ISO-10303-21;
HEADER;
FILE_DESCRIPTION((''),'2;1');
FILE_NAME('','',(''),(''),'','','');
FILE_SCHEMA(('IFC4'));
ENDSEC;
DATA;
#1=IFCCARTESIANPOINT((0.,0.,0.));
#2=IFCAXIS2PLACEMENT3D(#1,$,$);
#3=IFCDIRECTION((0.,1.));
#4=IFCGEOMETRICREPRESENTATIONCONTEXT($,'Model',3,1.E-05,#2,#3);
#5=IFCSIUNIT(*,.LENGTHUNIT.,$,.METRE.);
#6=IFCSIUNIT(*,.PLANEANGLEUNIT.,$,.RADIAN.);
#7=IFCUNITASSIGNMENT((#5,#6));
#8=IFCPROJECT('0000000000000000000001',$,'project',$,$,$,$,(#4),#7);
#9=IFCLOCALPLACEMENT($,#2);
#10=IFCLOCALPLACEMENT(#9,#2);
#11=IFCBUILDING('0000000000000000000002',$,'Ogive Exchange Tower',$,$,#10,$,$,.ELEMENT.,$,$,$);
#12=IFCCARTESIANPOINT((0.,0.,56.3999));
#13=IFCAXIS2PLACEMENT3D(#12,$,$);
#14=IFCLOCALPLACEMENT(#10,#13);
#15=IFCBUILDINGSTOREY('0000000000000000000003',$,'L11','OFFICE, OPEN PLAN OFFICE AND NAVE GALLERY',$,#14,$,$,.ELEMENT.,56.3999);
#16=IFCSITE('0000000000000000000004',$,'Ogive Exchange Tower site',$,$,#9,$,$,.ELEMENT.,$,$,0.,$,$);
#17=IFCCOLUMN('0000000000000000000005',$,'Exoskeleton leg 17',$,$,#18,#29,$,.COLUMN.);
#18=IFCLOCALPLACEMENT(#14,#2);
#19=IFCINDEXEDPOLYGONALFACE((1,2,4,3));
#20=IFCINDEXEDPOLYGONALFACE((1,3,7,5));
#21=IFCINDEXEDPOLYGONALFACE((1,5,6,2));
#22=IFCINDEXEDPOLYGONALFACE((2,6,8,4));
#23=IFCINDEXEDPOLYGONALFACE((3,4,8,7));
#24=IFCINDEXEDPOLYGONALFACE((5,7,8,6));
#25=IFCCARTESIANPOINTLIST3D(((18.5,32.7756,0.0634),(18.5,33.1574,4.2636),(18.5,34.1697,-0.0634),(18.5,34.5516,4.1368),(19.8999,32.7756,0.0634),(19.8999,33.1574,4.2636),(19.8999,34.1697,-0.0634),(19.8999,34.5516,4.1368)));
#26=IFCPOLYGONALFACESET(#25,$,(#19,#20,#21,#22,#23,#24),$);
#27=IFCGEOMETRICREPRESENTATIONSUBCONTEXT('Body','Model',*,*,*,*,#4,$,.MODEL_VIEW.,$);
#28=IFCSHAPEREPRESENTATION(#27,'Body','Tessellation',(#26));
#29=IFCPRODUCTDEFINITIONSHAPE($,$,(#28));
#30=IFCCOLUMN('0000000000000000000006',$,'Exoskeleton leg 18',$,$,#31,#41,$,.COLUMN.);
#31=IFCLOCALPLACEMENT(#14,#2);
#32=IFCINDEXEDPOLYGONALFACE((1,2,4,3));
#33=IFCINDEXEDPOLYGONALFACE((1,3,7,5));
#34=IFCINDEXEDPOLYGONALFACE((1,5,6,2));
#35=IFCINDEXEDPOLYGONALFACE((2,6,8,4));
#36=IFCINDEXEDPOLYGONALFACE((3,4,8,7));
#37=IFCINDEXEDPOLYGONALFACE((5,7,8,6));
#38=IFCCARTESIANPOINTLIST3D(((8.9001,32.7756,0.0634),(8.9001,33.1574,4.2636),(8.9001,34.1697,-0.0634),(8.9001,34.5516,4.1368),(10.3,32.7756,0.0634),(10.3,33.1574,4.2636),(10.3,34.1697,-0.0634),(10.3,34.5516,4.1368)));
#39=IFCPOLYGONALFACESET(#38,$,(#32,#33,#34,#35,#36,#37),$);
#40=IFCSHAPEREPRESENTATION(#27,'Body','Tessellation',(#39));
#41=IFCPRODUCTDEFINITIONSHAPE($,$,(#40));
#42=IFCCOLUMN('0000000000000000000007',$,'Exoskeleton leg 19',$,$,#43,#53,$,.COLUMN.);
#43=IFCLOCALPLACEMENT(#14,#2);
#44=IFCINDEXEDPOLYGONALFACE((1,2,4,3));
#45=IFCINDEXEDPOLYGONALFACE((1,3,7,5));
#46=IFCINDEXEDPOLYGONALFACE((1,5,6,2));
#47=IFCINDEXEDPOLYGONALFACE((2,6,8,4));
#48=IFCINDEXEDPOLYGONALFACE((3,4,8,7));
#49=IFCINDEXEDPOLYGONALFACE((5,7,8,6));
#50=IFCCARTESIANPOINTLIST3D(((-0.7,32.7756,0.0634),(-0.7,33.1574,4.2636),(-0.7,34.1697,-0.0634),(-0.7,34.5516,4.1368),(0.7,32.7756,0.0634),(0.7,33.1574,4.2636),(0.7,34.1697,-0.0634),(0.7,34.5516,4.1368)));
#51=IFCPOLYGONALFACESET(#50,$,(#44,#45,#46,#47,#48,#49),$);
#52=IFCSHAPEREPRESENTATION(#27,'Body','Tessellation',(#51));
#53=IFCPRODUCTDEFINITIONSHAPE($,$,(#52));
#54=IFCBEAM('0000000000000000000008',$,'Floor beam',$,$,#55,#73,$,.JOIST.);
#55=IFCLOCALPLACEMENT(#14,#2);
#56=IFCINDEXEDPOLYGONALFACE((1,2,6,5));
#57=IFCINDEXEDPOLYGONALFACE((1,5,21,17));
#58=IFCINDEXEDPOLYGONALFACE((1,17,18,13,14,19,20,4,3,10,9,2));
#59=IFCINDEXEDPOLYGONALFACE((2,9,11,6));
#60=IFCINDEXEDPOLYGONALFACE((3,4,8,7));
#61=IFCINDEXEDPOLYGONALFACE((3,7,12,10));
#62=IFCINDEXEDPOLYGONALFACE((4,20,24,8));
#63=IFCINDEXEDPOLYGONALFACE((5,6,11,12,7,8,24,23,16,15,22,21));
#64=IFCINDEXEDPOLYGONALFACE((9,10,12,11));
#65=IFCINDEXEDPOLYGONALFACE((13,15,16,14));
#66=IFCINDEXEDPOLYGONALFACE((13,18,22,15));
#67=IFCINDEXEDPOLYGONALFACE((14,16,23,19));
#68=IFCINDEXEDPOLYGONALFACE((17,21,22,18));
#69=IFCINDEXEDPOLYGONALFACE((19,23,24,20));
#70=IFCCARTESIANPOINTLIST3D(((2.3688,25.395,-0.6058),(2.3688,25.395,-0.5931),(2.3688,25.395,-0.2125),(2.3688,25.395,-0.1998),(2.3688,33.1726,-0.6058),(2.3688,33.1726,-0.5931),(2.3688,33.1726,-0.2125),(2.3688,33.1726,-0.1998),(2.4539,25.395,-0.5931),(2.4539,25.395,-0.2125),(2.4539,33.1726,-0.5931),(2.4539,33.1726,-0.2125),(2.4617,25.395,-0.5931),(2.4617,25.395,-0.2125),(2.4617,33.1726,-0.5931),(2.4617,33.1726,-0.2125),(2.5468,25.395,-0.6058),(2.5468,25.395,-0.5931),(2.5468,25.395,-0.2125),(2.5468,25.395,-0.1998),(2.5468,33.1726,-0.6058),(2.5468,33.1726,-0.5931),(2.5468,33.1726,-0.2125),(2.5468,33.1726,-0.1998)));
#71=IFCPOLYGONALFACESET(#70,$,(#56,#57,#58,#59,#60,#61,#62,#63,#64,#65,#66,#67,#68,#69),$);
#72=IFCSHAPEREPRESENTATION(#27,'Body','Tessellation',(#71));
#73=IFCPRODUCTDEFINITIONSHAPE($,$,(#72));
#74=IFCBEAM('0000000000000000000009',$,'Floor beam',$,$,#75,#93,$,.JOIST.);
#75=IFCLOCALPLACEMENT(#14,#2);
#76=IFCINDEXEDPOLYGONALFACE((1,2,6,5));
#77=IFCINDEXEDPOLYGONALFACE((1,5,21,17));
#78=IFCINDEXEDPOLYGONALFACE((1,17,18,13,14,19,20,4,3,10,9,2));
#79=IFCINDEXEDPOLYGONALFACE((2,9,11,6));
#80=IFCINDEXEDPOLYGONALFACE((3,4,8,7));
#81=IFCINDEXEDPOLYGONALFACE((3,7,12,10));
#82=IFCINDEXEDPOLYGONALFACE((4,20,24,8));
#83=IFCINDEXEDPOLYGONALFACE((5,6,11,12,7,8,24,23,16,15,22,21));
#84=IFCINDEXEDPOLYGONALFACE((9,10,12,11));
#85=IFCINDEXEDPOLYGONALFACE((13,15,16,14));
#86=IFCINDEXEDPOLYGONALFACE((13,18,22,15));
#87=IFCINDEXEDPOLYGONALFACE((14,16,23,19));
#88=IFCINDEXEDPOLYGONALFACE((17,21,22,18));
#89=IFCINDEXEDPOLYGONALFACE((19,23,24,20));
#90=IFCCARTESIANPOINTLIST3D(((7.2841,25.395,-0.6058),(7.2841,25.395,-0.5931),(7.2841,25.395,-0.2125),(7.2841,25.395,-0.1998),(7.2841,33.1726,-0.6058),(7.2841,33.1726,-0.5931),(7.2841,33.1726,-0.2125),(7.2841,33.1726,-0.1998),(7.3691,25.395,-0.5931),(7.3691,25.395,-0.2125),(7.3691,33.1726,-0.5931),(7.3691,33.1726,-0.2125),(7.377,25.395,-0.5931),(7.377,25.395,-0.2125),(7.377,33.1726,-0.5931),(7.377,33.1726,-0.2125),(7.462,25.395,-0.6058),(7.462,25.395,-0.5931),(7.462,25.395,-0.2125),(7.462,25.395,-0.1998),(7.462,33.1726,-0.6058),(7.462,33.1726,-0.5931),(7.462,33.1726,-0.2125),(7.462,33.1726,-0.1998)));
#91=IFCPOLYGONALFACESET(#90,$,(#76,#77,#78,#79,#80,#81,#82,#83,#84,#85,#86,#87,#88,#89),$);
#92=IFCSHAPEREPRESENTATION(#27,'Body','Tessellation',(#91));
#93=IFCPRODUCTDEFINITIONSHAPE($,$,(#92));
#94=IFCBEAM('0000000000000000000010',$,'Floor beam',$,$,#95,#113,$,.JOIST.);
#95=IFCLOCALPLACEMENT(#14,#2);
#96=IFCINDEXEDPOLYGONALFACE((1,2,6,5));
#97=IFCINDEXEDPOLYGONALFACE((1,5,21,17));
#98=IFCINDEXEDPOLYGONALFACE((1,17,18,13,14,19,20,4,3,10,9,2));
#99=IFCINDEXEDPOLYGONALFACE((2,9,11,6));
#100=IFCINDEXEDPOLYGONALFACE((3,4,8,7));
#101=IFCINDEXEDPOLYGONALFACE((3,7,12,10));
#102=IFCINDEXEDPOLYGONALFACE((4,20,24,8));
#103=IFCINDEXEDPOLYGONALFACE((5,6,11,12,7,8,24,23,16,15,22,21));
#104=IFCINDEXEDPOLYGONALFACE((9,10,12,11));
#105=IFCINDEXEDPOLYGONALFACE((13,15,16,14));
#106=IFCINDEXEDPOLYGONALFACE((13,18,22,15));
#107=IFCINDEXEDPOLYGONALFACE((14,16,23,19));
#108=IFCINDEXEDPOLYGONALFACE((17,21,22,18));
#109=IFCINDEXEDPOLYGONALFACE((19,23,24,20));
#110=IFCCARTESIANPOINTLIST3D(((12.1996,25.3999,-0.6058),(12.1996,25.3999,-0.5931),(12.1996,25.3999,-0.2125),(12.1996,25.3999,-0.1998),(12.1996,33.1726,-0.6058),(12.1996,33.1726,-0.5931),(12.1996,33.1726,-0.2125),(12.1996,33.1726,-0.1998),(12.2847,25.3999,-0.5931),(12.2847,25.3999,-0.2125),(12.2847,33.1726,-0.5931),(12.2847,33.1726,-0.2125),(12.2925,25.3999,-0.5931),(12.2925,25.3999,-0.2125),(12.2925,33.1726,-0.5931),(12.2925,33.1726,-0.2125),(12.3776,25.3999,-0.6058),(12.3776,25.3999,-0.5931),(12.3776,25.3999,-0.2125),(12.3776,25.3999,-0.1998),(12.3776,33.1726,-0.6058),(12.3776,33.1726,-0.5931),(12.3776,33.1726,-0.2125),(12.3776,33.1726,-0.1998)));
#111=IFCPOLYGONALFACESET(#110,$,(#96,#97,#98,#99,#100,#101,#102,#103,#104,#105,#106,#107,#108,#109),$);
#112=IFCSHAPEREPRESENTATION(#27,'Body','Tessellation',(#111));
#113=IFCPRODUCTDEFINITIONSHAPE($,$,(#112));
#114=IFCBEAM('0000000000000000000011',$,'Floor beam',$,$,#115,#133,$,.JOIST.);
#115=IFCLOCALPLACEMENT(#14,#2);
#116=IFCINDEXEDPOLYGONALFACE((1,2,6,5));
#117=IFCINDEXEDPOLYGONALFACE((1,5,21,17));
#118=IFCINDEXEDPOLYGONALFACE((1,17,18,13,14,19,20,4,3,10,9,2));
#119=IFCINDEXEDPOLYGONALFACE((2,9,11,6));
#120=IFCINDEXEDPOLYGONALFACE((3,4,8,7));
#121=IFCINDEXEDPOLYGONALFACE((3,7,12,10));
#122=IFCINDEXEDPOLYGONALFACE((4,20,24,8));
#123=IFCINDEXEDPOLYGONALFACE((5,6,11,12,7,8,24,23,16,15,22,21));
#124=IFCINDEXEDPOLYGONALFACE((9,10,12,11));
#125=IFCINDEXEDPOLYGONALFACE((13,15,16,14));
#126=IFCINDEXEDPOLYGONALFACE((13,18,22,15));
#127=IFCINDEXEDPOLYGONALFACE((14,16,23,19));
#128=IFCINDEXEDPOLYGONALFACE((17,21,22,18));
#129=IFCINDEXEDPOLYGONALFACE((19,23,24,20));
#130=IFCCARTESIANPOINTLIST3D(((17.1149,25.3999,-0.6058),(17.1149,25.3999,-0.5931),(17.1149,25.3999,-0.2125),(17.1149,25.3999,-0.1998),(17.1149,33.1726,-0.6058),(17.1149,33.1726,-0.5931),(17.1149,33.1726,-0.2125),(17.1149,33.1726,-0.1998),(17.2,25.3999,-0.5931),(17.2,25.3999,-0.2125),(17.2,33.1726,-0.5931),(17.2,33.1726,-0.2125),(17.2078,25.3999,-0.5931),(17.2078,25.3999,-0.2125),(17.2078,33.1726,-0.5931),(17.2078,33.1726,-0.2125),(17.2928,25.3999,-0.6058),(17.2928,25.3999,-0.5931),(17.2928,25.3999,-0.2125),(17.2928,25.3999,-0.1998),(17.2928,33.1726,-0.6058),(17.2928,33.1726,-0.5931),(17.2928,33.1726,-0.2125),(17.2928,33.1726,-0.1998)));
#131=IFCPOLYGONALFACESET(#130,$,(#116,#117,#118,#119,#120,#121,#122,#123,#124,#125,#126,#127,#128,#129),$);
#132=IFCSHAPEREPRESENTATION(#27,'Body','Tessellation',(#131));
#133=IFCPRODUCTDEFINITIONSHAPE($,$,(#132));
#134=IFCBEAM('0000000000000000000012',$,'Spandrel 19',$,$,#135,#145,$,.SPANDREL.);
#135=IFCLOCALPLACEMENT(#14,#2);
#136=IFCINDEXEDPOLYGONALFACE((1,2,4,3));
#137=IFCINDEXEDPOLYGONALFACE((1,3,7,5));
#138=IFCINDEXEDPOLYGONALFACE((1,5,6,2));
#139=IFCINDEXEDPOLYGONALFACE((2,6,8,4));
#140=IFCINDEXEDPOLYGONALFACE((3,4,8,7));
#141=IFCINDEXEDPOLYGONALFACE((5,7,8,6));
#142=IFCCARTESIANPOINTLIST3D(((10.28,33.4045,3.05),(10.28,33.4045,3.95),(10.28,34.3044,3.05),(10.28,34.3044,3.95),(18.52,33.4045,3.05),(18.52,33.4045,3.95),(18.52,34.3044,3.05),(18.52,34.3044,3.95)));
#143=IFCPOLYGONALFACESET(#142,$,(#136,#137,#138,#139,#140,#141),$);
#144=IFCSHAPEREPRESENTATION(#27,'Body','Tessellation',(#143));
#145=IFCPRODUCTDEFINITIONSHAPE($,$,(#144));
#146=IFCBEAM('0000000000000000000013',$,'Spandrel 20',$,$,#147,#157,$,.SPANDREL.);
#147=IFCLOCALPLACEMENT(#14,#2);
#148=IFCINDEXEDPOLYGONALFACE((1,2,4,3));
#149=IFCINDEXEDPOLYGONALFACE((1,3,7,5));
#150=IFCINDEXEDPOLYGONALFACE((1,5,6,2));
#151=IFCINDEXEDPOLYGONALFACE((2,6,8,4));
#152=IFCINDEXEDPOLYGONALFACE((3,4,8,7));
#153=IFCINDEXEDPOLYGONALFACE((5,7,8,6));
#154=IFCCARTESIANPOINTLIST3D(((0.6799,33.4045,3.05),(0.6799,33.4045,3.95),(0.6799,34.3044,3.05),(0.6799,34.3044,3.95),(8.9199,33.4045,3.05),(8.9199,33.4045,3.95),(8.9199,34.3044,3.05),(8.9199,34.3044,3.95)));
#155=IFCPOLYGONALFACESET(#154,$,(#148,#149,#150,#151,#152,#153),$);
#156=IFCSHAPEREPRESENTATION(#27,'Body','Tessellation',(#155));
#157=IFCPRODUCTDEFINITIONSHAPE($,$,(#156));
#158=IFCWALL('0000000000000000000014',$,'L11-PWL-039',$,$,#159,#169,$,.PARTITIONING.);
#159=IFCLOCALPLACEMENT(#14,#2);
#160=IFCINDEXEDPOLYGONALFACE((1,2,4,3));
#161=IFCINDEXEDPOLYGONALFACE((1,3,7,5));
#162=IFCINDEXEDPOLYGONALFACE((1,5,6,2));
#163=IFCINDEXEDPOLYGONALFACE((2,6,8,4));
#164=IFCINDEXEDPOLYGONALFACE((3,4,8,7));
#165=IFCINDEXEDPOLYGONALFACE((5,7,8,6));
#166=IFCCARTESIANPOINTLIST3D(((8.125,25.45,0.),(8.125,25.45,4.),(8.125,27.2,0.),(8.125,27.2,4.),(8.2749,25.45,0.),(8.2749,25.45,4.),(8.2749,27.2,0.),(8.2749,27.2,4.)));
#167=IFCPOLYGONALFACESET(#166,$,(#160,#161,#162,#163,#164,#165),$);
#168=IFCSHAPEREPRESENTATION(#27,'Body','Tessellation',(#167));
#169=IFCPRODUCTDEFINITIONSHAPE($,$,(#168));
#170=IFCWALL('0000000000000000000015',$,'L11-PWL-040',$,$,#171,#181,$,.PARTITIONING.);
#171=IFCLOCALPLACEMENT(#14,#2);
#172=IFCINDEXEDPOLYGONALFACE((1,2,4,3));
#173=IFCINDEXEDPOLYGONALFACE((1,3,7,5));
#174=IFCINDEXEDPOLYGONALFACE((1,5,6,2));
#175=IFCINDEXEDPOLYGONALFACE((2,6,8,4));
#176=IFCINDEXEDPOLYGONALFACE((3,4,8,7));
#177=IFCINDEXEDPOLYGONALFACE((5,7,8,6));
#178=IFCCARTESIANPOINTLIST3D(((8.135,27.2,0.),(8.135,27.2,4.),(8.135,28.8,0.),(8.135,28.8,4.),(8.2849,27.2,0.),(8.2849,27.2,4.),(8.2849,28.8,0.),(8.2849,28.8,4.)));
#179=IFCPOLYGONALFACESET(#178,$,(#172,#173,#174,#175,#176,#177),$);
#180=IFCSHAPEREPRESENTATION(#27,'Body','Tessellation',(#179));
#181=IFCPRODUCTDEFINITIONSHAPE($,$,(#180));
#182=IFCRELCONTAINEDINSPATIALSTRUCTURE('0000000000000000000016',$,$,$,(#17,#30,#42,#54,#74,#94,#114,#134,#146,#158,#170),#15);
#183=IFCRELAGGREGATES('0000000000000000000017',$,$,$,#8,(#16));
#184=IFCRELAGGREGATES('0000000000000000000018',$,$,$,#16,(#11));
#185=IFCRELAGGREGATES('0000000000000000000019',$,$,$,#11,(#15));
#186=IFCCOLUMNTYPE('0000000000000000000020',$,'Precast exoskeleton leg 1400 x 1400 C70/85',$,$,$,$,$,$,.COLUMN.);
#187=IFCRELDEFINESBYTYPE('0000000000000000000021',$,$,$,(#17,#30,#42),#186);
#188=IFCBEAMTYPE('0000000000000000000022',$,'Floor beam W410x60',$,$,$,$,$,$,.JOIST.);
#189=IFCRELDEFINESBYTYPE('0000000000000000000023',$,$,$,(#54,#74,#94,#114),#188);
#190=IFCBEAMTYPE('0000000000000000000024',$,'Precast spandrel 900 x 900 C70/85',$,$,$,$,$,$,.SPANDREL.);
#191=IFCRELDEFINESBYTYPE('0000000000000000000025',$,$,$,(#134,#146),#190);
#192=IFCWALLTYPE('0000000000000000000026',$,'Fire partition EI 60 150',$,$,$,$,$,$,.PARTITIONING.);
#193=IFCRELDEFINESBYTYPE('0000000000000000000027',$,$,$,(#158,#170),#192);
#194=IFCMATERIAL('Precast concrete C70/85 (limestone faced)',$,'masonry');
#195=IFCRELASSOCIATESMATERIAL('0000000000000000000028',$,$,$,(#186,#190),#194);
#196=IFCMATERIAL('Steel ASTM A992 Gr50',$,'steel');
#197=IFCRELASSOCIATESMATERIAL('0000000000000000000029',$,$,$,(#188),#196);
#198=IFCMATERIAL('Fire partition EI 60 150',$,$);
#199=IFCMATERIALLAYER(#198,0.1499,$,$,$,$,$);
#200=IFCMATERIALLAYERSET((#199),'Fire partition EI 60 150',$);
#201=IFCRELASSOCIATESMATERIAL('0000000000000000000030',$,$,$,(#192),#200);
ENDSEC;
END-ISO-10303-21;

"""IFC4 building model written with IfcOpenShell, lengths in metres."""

from ifc_helpers import new_model, si_unit, direction, frame, frame_2d, origin, origin_2d, place, context, subcontext, project, spatial, rectangle, i_section, extrude, material, layer, layer_set, material_profile, profile_set, type_object, element, save


model = new_model("IFC4")

# Units and contexts
model_context = context("Model", 3, precision=1e-05, world=origin(), true_north=direction((0.0, 1.0)))
body_context = subcontext(model_context, "Body", "Model", "MODEL_VIEW")
ifc_project = project(units=[si_unit("LENGTHUNIT", "METRE"), si_unit("PLANEANGLEUNIT", "RADIAN")], contexts=[model_context])

# Site, building, storey
site_placement = place(None, origin())
site = spatial("IfcSite", under=ifc_project, at=site_placement, Name="Ogive Exchange Tower site", CompositionType="ELEMENT", RefElevation=0.0)
building_placement = place(site_placement, origin())
building = spatial("IfcBuilding", under=site, at=building_placement, Name="Ogive Exchange Tower", CompositionType="ELEMENT")
storey_placement = place(building_placement, frame((0.0, 0.0, 56.3999)))
storey = spatial("IfcBuildingStorey", under=building, at=storey_placement, Name="L11", Description="OFFICE, OPEN PLAN OFFICE AND NAVE GALLERY", CompositionType="ELEMENT", Elevation=56.3999)

# Columns
ifc_material_1 = material(Name="Precast concrete C70/85 (limestone faced)", Category="masonry")
ifc_material_profile_1 = material_profile(ifc_material_1, rectangle(XDim=1.3999, YDim=1.3999, at=origin_2d()), Name="1400 x 1400")
ifc_profile_set_1 = profile_set([ifc_material_profile_1], Name="Precast concrete C70/85 (limestone faced)")
column_type = type_object("IfcColumnType", Name="Precast exoskeleton leg 1400 x 1400 C70/85", PredefinedType="COLUMN", material=ifc_profile_set_1)
for number, where, z_axis, x_axis, name in (
    (1, (19.2, 33.4727, 0.0), (0.0, 0.090536, 0.995893), (-1.0, 0.0, 0.0), "Exoskeleton leg 17"),
    (2, (9.6001, 33.4727, 0.0), (0.0, 0.090536, 0.995893), (-1.0, 0.0, 0.0), "Exoskeleton leg 18"),
    (3, (0.0, 33.4727, 0.0), (0.0, 0.090536, 0.995893), (-1.0, 0.0, 0.0), "Exoskeleton leg 19"),
):
    element("IfcColumn", number, at=place(storey_placement, frame(where, z_axis=z_axis, x_axis=x_axis)), inside=storey, type_object=column_type, Name=name, PredefinedType="COLUMN", context=body_context, shape_type="SweptSolid", body=[
        extrude(rectangle(XDim=1.3999, YDim=1.3999, at=origin_2d()), origin(), (0.0, 0.0, 1.0), 4.2175),
    ])

# Beams
ifc_material_2 = material(Name="Steel ASTM A992 Gr50", Category="steel")
ifc_material_profile_2 = material_profile(ifc_material_2, i_section(OverallWidth=0.178, OverallDepth=0.406, WebThickness=0.0078, FlangeThickness=0.0127, at=origin_2d()), Name="W410x60")
ifc_profile_set_2 = profile_set([ifc_material_profile_2], Name="Steel ASTM A992 Gr50")
beam_type_1 = type_object("IfcBeamType", Name="Floor beam W410x60", PredefinedType="JOIST", material=ifc_profile_set_2)
for number, where, z_axis, x_axis, name in (
    (4, (2.4578, 25.395, -0.4028), (0.0, 1.0, 0.0), (-1.0, 0.0, 0.0), "Floor beam"),
    (5, (7.373, 25.395, -0.4028), (0.0, 1.0, 0.0), (-1.0, 0.0, 0.0), "Floor beam"),
):
    element("IfcBeam", number, at=place(storey_placement, frame(where, z_axis=z_axis, x_axis=x_axis)), inside=storey, type_object=beam_type_1, Name=name, PredefinedType="JOIST", context=body_context, shape_type="SweptSolid", body=[
        extrude(i_section(OverallWidth=0.178, OverallDepth=0.406, WebThickness=0.0078, FlangeThickness=0.0127, at=origin_2d()), origin(), (0.0, 0.0, 1.0), 7.7776),
    ])
for number, where, z_axis, x_axis, name in (
    (6, (12.2886, 25.3999, -0.4028), (0.0, 1.0, 0.0), (-1.0, 0.0, 0.0), "Floor beam"),
    (7, (17.2039, 25.3999, -0.4028), (0.0, 1.0, 0.0), (-1.0, 0.0, 0.0), "Floor beam"),
):
    element("IfcBeam", number, at=place(storey_placement, frame(where, z_axis=z_axis, x_axis=x_axis)), inside=storey, type_object=beam_type_1, Name=name, PredefinedType="JOIST", context=body_context, shape_type="SweptSolid", body=[
        extrude(i_section(OverallWidth=0.178, OverallDepth=0.406, WebThickness=0.0078, FlangeThickness=0.0127, at=origin_2d()), origin(), (0.0, 0.0, 1.0), 7.7727),
    ])
ifc_material_profile_3 = material_profile(ifc_material_1, rectangle(XDim=0.8999, YDim=0.8999, at=origin_2d()), Name="900 x 900")
ifc_profile_set_3 = profile_set([ifc_material_profile_3], Name="Precast concrete C70/85 (limestone faced)")
beam_type_2 = type_object("IfcBeamType", Name="Precast spandrel 900 x 900 C70/85", PredefinedType="SPANDREL", material=ifc_profile_set_3)
for number, where, z_axis, x_axis, name in (
    (8, (18.52, 33.8545, 3.5), (-1.0, 0.0, 0.0), (0.0, -1.0, 0.0), "Spandrel 19"),
    (9, (8.9199, 33.8545, 3.5), (-1.0, 0.0, 0.0), (0.0, -1.0, 0.0), "Spandrel 20"),
):
    element("IfcBeam", number, at=place(storey_placement, frame(where, z_axis=z_axis, x_axis=x_axis)), inside=storey, type_object=beam_type_2, Name=name, PredefinedType="SPANDREL", context=body_context, shape_type="SweptSolid", body=[
        extrude(rectangle(XDim=0.8999, YDim=0.8999, at=origin_2d()), origin(), (0.0, 0.0, 1.0), 8.24),
    ])

# Walls
ifc_material_3 = material(Name="Fire partition EI 60 150")
ifc_layer_1 = layer(ifc_material_3, 0.1499)
ifc_layer_set_1 = layer_set([ifc_layer_1], Name="Fire partition EI 60 150")
wall_type_1 = type_object("IfcWallType", Name="Fire partition EI 60 150", PredefinedType="PARTITIONING", material=ifc_layer_set_1)
wall_1_placement = place(storey_placement, frame((8.2, 25.45, 0.0), z_axis=(0.0, 0.0, 1.0), x_axis=(0.0, 1.0, 0.0)))
element("IfcWall", 10, at=wall_1_placement, inside=storey, type_object=wall_type_1, Name="L11-PWL-039", PredefinedType="PARTITIONING", context=body_context, shape_type="SweptSolid", body=[
    extrude(rectangle(XDim=1.75, YDim=0.1499, at=frame_2d((0.875, 0.0))), origin(), (0.0, 0.0, 1.0), 4.0),
])
wall_2_placement = place(storey_placement, frame((8.21, 27.2, 0.0), z_axis=(0.0, 0.0, 1.0), x_axis=(0.0, 1.0, 0.0)))
element("IfcWall", 11, at=wall_2_placement, inside=storey, type_object=wall_type_1, Name="L11-PWL-040", PredefinedType="PARTITIONING", context=body_context, shape_type="SweptSolid", body=[
    extrude(rectangle(XDim=1.6001, YDim=0.1499, at=frame_2d((0.8, 0.0))), origin(), (0.0, 0.0, 1.0), 4.0),
])

save(model, "model.ifc")
